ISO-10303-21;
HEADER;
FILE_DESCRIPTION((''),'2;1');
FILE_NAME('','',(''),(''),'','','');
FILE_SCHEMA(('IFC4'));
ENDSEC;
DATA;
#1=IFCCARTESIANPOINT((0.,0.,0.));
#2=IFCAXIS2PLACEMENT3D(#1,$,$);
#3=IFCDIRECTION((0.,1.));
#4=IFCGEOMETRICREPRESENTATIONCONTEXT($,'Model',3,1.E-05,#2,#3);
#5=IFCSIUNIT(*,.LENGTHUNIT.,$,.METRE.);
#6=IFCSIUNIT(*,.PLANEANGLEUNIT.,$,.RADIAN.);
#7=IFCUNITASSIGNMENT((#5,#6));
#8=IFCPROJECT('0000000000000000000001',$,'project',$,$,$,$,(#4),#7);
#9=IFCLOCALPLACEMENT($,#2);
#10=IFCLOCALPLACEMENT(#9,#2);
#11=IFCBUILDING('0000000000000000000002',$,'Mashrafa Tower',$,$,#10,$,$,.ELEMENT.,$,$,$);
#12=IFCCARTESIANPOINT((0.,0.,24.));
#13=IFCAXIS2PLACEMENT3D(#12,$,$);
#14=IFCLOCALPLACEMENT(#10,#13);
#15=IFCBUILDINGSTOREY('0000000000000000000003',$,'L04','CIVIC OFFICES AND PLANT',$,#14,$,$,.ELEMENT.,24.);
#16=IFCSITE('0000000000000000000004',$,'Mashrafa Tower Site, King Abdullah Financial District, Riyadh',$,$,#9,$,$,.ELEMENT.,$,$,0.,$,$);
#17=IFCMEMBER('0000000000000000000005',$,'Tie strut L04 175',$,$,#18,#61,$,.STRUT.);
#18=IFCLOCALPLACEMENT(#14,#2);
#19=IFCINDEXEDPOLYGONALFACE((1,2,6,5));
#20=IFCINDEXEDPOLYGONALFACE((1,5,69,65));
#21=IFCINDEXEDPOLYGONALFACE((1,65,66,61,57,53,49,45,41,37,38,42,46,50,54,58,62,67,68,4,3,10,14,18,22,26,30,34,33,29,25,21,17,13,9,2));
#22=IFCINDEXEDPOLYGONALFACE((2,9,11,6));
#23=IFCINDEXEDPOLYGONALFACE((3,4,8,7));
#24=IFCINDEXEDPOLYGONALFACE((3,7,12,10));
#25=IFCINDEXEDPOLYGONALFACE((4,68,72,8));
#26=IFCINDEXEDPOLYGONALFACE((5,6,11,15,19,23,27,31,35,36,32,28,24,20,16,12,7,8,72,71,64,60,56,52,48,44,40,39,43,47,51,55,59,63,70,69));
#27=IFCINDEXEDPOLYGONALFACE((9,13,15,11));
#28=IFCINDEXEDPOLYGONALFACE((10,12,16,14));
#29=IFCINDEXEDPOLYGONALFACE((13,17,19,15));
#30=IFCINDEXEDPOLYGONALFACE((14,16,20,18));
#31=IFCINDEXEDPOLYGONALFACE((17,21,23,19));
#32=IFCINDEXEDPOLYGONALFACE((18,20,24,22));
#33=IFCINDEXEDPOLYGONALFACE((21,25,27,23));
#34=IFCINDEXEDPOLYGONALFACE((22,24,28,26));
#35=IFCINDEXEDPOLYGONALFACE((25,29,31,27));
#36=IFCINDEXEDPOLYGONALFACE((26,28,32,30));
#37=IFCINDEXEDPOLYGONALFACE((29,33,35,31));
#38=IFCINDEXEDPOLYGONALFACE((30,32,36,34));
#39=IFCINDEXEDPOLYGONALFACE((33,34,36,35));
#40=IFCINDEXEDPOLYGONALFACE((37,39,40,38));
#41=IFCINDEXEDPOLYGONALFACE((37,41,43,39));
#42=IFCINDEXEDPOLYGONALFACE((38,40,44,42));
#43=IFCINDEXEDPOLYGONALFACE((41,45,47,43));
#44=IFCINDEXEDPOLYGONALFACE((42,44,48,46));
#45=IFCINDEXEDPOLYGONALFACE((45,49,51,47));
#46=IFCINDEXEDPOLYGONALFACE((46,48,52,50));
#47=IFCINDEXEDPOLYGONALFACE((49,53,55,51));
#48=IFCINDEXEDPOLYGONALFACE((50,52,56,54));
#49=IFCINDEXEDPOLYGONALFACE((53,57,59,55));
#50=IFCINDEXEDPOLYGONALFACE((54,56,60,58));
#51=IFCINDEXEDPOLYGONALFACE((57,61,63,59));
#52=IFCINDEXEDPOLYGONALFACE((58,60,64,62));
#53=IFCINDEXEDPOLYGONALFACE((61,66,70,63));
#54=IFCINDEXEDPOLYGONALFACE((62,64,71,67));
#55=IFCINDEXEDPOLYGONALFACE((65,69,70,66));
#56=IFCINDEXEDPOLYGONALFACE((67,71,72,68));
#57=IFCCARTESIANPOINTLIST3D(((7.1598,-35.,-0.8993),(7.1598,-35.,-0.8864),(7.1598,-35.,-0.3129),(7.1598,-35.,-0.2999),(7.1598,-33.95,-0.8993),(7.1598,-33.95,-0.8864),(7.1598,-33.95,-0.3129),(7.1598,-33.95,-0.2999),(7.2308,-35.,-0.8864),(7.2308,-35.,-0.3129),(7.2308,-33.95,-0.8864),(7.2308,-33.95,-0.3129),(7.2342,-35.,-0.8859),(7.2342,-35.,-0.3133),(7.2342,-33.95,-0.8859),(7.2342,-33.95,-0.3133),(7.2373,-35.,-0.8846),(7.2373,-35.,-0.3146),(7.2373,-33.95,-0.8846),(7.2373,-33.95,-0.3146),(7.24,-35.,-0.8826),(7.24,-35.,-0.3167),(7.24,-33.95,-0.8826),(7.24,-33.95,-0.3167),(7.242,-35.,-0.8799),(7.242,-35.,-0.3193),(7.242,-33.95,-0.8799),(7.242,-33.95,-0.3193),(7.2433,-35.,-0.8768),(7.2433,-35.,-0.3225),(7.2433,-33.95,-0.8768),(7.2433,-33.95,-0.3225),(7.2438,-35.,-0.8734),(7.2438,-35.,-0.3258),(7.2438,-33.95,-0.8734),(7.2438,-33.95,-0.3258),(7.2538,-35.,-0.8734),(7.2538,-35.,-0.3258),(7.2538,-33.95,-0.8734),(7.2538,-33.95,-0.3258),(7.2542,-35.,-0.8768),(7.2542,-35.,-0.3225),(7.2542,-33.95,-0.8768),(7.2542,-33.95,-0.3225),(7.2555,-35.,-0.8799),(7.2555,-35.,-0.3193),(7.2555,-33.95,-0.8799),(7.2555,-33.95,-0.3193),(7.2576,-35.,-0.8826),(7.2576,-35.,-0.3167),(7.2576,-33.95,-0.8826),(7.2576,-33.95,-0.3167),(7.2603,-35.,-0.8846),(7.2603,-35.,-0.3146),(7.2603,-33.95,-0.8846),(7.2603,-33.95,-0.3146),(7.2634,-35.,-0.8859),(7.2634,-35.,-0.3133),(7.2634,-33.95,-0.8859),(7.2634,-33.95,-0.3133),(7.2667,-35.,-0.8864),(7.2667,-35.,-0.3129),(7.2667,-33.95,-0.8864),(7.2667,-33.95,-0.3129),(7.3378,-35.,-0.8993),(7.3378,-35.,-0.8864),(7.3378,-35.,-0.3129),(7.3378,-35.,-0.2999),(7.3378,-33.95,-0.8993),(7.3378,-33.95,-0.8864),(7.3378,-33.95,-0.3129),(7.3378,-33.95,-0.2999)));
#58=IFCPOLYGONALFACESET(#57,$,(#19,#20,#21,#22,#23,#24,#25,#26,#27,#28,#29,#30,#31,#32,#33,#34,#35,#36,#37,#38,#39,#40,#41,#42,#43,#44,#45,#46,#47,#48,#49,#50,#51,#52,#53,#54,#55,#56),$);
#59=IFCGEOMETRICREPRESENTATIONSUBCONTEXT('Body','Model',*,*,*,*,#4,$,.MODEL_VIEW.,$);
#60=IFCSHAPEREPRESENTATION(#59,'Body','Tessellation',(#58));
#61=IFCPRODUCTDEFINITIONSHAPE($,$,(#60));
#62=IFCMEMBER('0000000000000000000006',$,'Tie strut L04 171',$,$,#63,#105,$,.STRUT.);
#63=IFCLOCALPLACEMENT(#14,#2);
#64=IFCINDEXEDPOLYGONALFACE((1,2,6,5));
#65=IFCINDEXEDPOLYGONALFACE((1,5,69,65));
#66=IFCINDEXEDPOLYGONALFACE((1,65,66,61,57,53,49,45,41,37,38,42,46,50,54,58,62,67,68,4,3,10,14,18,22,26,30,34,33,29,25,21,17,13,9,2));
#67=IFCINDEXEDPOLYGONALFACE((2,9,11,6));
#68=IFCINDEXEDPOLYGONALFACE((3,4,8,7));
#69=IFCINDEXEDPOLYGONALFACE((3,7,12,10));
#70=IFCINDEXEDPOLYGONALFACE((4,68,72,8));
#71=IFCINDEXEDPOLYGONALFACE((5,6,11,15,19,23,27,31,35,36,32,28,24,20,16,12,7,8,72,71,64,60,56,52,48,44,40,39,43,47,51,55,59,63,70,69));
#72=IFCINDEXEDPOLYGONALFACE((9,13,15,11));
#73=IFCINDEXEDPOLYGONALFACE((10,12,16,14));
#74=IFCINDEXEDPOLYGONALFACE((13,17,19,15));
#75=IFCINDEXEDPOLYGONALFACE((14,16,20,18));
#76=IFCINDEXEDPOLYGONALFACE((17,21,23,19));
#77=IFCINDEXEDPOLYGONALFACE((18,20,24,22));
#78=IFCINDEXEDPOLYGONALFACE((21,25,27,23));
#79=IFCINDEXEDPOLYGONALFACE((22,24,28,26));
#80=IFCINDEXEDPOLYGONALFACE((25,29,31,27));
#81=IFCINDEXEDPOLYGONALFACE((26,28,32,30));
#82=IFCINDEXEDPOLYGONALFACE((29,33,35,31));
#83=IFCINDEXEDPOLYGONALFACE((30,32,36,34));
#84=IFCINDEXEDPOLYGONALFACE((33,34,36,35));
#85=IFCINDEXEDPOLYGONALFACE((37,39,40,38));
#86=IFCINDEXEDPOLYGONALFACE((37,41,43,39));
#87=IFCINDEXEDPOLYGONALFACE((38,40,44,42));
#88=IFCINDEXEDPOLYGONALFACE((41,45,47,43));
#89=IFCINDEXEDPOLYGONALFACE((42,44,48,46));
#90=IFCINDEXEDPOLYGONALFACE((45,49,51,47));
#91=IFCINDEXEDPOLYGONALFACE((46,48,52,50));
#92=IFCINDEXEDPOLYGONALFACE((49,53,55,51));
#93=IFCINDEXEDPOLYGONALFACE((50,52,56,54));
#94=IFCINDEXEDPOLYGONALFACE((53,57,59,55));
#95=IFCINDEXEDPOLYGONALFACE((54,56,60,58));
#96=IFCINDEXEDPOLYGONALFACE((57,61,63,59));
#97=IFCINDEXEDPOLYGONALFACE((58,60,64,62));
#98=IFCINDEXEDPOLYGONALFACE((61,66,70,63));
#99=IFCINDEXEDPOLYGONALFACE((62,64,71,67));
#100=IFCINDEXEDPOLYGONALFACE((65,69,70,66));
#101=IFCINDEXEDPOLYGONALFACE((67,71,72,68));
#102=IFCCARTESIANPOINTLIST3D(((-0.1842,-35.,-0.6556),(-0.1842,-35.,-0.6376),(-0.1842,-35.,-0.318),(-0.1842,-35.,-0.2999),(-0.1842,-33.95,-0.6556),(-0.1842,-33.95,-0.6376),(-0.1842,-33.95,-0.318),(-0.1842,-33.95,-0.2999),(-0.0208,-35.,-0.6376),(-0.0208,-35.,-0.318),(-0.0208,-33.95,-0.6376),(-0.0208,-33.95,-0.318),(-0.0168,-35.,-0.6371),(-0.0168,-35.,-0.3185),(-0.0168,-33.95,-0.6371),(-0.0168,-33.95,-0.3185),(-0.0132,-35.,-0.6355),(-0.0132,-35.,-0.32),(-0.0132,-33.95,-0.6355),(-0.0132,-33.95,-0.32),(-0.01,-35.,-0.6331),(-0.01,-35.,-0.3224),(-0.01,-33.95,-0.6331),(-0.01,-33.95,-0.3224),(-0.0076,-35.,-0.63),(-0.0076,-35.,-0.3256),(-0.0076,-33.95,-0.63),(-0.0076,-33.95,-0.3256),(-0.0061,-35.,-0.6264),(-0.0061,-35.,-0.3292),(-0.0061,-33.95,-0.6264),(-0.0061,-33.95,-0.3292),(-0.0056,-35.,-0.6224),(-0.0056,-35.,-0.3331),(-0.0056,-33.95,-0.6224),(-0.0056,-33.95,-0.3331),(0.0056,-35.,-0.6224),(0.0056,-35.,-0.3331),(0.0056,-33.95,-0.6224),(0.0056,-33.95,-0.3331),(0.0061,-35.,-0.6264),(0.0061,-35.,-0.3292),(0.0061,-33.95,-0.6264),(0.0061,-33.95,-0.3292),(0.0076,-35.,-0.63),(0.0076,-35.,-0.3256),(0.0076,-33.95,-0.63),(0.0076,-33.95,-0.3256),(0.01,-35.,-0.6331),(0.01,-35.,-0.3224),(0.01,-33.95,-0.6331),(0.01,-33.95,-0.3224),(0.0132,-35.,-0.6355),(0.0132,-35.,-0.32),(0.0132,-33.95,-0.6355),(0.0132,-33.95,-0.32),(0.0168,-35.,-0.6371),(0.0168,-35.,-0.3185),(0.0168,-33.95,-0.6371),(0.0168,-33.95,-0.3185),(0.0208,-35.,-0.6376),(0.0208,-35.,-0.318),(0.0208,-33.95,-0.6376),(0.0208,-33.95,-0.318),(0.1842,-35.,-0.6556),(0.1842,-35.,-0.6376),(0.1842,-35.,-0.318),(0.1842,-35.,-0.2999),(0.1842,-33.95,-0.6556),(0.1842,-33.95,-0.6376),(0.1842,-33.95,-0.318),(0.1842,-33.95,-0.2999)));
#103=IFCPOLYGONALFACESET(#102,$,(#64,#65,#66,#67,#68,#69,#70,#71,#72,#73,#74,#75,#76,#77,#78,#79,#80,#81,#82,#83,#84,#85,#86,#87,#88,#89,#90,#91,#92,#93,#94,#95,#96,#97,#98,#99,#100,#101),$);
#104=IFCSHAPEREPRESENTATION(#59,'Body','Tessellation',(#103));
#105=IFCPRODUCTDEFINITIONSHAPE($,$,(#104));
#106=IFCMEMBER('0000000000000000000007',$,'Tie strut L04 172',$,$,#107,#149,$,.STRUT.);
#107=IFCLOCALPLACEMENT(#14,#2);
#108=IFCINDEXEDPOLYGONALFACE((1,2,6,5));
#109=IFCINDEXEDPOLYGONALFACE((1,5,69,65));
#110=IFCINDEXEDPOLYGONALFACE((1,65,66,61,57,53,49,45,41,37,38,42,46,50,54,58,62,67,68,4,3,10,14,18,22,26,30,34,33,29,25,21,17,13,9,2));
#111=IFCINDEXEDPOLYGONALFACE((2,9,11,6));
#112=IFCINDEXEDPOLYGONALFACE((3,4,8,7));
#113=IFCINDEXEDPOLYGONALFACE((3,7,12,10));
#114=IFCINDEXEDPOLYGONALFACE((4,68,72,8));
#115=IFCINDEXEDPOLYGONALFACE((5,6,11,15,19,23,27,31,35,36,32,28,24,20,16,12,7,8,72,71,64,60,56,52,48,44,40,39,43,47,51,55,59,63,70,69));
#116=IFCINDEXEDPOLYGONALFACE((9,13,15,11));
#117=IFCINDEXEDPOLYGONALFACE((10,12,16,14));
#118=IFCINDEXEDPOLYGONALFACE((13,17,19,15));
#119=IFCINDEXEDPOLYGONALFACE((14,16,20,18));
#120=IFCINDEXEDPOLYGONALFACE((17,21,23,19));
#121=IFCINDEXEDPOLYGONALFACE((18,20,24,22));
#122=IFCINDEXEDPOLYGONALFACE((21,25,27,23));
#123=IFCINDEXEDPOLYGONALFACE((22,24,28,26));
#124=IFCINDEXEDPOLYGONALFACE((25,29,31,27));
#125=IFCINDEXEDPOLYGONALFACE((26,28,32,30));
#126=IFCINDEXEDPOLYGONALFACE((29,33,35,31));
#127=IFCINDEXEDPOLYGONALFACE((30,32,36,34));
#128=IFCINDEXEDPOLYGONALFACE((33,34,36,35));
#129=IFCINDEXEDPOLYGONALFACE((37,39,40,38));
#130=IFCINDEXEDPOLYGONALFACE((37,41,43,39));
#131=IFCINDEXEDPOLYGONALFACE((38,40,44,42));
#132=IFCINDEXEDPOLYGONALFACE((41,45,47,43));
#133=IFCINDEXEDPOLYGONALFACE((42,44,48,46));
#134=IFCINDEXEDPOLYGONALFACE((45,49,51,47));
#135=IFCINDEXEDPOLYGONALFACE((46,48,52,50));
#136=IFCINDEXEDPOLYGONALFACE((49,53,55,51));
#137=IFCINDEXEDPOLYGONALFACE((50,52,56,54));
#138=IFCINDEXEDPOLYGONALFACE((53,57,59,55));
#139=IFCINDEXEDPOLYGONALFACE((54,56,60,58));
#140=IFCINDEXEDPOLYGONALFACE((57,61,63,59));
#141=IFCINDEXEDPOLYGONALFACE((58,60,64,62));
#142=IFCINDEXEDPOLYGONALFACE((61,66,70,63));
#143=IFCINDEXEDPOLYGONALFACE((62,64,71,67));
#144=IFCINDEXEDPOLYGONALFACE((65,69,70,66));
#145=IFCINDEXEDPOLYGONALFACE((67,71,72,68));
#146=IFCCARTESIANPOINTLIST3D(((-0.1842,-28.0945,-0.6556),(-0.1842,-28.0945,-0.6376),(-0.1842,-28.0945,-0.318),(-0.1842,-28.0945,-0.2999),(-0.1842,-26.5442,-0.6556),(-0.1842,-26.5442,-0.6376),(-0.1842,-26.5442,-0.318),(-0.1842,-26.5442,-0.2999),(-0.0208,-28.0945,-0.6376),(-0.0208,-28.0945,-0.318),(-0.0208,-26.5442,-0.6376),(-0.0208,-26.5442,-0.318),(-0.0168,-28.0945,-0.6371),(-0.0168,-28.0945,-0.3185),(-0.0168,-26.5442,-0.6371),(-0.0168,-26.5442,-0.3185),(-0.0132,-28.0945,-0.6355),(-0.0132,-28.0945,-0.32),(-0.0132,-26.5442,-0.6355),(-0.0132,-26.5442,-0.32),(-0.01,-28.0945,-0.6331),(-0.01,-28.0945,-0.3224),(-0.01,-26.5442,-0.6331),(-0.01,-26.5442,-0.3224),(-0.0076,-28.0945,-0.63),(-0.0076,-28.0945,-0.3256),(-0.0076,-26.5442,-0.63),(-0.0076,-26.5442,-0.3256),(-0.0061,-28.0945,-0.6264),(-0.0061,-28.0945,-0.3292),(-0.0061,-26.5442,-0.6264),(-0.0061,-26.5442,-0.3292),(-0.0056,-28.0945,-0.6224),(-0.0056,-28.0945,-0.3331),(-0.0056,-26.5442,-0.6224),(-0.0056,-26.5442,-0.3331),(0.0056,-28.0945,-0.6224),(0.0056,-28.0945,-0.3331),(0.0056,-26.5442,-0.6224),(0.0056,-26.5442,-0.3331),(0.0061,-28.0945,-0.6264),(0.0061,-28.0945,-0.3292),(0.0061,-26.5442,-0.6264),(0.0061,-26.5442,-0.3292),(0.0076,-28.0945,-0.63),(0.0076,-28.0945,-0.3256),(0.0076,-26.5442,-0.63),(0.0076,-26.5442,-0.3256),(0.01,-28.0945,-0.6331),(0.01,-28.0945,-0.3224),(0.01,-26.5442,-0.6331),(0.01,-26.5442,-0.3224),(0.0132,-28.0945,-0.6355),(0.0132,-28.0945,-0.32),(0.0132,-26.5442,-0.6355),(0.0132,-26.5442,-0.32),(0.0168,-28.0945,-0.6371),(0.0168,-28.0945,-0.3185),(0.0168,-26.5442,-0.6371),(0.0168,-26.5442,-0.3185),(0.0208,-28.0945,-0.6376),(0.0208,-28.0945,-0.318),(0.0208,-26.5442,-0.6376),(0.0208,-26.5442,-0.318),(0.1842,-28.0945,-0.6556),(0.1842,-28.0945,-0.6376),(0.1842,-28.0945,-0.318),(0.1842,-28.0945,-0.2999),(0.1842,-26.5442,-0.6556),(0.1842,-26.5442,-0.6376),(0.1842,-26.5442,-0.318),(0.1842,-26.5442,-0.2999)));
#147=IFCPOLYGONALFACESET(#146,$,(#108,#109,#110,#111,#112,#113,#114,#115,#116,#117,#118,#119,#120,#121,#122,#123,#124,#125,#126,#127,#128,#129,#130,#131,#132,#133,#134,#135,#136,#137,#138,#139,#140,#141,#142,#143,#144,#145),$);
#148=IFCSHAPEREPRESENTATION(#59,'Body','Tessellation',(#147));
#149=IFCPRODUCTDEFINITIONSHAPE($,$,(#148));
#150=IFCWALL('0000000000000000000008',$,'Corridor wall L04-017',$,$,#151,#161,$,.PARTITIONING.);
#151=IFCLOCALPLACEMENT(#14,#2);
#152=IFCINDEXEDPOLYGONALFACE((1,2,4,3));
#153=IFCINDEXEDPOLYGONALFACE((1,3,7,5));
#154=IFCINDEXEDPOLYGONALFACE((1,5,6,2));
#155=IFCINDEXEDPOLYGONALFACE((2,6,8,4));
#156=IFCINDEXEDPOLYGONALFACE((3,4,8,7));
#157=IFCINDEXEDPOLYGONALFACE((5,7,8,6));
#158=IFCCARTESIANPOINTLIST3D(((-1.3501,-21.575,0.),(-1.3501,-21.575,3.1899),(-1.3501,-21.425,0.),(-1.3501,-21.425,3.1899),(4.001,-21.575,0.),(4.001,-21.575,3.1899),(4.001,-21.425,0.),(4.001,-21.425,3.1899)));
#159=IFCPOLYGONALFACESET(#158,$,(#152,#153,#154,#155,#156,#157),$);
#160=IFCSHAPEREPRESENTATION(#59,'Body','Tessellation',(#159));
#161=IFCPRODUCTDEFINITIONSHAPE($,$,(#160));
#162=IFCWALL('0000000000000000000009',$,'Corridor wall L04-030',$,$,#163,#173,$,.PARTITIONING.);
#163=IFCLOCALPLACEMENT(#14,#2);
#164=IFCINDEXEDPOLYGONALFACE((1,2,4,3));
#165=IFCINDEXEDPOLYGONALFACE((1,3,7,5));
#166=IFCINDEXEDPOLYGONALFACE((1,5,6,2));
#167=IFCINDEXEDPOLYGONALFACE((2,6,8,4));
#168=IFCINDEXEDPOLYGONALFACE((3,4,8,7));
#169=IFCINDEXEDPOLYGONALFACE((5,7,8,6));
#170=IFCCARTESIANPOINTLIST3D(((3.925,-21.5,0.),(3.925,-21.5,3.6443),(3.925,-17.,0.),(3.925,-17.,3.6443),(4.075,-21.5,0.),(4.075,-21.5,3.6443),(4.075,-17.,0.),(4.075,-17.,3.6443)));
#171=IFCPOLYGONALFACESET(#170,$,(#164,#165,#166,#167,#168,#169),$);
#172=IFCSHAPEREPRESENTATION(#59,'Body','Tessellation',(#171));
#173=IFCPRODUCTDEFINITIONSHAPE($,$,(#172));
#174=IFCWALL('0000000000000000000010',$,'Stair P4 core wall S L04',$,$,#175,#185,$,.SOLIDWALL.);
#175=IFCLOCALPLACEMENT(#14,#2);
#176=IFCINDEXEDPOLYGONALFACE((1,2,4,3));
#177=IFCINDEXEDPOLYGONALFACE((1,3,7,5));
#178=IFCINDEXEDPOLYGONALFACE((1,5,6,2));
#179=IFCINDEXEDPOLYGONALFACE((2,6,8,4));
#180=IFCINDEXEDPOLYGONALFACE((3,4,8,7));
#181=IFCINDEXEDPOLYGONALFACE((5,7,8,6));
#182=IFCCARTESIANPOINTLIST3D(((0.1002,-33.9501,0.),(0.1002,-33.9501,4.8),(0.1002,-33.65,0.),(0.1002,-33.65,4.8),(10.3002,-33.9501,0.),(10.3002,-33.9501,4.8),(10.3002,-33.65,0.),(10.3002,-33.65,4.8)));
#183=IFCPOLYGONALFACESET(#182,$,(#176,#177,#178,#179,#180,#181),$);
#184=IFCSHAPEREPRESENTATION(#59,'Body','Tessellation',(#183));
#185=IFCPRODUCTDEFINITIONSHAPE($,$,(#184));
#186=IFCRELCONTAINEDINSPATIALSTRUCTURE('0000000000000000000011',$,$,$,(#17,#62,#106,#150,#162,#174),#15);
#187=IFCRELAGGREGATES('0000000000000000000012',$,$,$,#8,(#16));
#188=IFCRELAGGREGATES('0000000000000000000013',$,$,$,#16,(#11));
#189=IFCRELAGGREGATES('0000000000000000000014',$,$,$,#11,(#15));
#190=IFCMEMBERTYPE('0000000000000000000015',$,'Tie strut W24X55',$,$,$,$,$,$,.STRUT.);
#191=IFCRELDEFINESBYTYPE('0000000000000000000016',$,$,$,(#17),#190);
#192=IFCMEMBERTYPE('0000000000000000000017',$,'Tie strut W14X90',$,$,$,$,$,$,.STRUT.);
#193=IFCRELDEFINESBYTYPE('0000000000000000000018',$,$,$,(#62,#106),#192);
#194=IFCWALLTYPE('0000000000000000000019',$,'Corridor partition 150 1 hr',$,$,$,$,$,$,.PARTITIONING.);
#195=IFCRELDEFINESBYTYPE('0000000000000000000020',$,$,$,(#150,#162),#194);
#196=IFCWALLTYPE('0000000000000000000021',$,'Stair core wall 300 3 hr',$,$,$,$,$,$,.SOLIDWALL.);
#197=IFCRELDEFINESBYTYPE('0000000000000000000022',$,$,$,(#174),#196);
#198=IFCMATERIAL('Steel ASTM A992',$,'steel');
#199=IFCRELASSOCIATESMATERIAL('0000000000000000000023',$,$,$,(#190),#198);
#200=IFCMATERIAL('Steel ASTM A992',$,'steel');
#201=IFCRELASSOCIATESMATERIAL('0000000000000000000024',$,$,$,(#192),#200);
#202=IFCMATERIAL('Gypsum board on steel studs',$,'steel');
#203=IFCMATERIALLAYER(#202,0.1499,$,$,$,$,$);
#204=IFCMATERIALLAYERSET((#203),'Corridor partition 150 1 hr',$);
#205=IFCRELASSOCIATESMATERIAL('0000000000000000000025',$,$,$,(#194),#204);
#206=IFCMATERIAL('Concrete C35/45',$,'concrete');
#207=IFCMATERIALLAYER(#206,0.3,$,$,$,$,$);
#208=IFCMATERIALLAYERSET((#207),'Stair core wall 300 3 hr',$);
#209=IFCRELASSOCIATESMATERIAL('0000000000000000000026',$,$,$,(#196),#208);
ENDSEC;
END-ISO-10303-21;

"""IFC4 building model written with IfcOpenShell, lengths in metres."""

from ifc_helpers import new_model, si_unit, direction, frame, frame_2d, origin, origin_2d, place, context, subcontext, project, spatial, rectangle, i_section, extrude, source, transform, mapped, material, layer, layer_set, material_profile, profile_set, type_object, type_shapes, element, save


model = new_model("IFC4")

# Units and contexts
model_context = context("Model", 3, precision=1e-05, world=origin(), true_north=direction((0.0, 1.0)))
body_context = subcontext(model_context, "Body", "Model", "MODEL_VIEW")
ifc_project = project(units=[si_unit("LENGTHUNIT", "METRE"), si_unit("PLANEANGLEUNIT", "RADIAN")], contexts=[model_context])

# Site, building, storey
site_placement = place(None, origin())
site = spatial("IfcSite", under=ifc_project, at=site_placement, Name="Mashrafa Tower Site, King Abdullah Financial District, Riyadh", CompositionType="ELEMENT", RefElevation=0.0)
building_placement = place(site_placement, origin())
building = spatial("IfcBuilding", under=site, at=building_placement, Name="Mashrafa Tower", CompositionType="ELEMENT")
storey_placement = place(building_placement, frame((0.0, 0.0, 24.0)))
storey = spatial("IfcBuildingStorey", under=building, at=storey_placement, Name="L04", Description="CIVIC OFFICES AND PLANT", CompositionType="ELEMENT", Elevation=24.0)

# Members
ifc_material_1 = material(Name="Steel ASTM A992", Category="steel")
ifc_material_profile_1 = material_profile(ifc_material_1, i_section(OverallWidth=0.178, OverallDepth=0.5994, WebThickness=0.01, FlangeThickness=0.0129, FilletRadius=0.0129, at=origin_2d()), Name="W24X55")
ifc_profile_set_1 = profile_set([ifc_material_profile_1], Name="Steel ASTM A992")
member_type_1 = type_object("IfcMemberType", Name="Tie strut W24X55", PredefinedType="STRUT", material=ifc_profile_set_1)
shared_shape_1 = source(origin(), body_context, "Body", "SweptSolid", [
    extrude(i_section(OverallWidth=0.178, OverallDepth=0.5994, WebThickness=0.01, FlangeThickness=0.0129, FilletRadius=0.0129, at=origin_2d()), origin(), (0.0, 0.0, 1.0), 1.05),
])
type_shapes(member_type_1, [shared_shape_1])
member_1_placement = place(storey_placement, frame((7.2488, -33.95, -0.5996), z_axis=(0.0, -1.0, 0.0), x_axis=(1.0, 0.0, 0.0)))
element("IfcMember", 1, at=member_1_placement, inside=storey, type_object=member_type_1, Name="Tie strut L04 175", PredefinedType="STRUT", context=body_context, shape_type="MappedRepresentation", body=[
    mapped(shared_shape_1, transform((0.0, 0.0, 0.0))),
])
ifc_material_2 = material(Name="Steel ASTM A992", Category="steel")
ifc_material_profile_2 = material_profile(ifc_material_2, i_section(OverallWidth=0.3684, OverallDepth=0.3557, WebThickness=0.0112, FlangeThickness=0.0181, FilletRadius=0.0151, at=origin_2d()), Name="W14X90")
ifc_profile_set_2 = profile_set([ifc_material_profile_2], Name="Steel ASTM A992")
member_type_2 = type_object("IfcMemberType", Name="Tie strut W14X90", PredefinedType="STRUT", material=ifc_profile_set_2)
shared_shape_2 = source(origin(), body_context, "Body", "SweptSolid", [
    extrude(i_section(OverallWidth=0.3684, OverallDepth=0.3557, WebThickness=0.0112, FlangeThickness=0.0181, FilletRadius=0.0151, at=origin_2d()), origin(), (0.0, 0.0, 1.0), 1.05),
])
member_2_placement = place(storey_placement, frame((0.0, -33.95, -0.4778), z_axis=(0.0, -1.0, 0.0), x_axis=(1.0, 0.0, 0.0)))
element("IfcMember", 2, at=member_2_placement, inside=storey, type_object=member_type_2, Name="Tie strut L04 171", PredefinedType="STRUT", context=body_context, shape_type="MappedRepresentation", body=[
    mapped(shared_shape_2, transform((0.0, 0.0, 0.0))),
])
shared_shape_3 = source(origin(), body_context, "Body", "SweptSolid", [
    extrude(i_section(OverallWidth=0.3684, OverallDepth=0.3557, WebThickness=0.0112, FlangeThickness=0.0181, FilletRadius=0.0151, at=origin_2d()), origin(), (0.0, 0.0, 1.0), 1.5503),
])
type_shapes(member_type_2, [shared_shape_2, shared_shape_3])
member_3_placement = place(storey_placement, frame((0.0, -26.5442, -0.4778), z_axis=(0.0, -1.0, 0.0), x_axis=(1.0, 0.0, 0.0)))
element("IfcMember", 3, at=member_3_placement, inside=storey, type_object=member_type_2, Name="Tie strut L04 172", PredefinedType="STRUT", context=body_context, shape_type="MappedRepresentation", body=[
    mapped(shared_shape_3, transform((0.0, 0.0, 0.0))),
])

# Walls
ifc_material_3 = material(Name="Gypsum board on steel studs", Category="steel")
ifc_layer_1 = layer(ifc_material_3, 0.1499)
ifc_layer_set_1 = layer_set([ifc_layer_1], Name="Corridor partition 150 1 hr")
wall_type_1 = type_object("IfcWallType", Name="Corridor partition 150 1 hr", PredefinedType="PARTITIONING", material=ifc_layer_set_1)
wall_1_placement = place(storey_placement, frame((4.001, -21.5, 0.0), z_axis=(0.0, 0.0, 1.0), x_axis=(-1.0, 0.0, 0.0)))
element("IfcWall", 4, at=wall_1_placement, inside=storey, type_object=wall_type_1, Name="Corridor wall L04-017", PredefinedType="PARTITIONING", context=body_context, shape_type="SweptSolid", body=[
    extrude(rectangle(XDim=5.3511, YDim=0.1499, at=frame_2d((2.6755, 0.0))), origin(), (0.0, 0.0, 1.0), 3.1899),
])
wall_2_placement = place(storey_placement, frame((4.0, -17.0, 0.0), z_axis=(0.0, 0.0, 1.0), x_axis=(0.0, -1.0, 0.0)))
element("IfcWall", 5, at=wall_2_placement, inside=storey, type_object=wall_type_1, Name="Corridor wall L04-030", PredefinedType="PARTITIONING", context=body_context, shape_type="SweptSolid", body=[
    extrude(rectangle(XDim=4.5, YDim=0.1499, at=frame_2d((2.25, 0.0))), origin(), (0.0, 0.0, 1.0), 3.6443),
])
ifc_material_4 = material(Name="Concrete C35/45", Category="concrete")
ifc_layer_2 = layer(ifc_material_4, 0.3)
ifc_layer_set_2 = layer_set([ifc_layer_2], Name="Stair core wall 300 3 hr")
wall_type_2 = type_object("IfcWallType", Name="Stair core wall 300 3 hr", PredefinedType="SOLIDWALL", material=ifc_layer_set_2)
for number, where, z_axis, x_axis, name in (
    (6, (0.1001, -33.8, 0.0), (0.0, 0.0, 1.0), (1.0, 0.0, 0.0), "Stair P4 core wall S L04"),
):
    element("IfcWall", number, at=place(storey_placement, frame(where, z_axis=z_axis, x_axis=x_axis)), inside=storey, type_object=wall_type_2, Name=name, PredefinedType="SOLIDWALL", context=body_context, shape_type="SweptSolid", body=[
        extrude(rectangle(XDim=10.2, YDim=0.3, at=frame_2d((5.1001, 0.0))), origin(), (0.0, 0.0, 1.0), 4.8),
    ])

save(model, "model.ifc")
